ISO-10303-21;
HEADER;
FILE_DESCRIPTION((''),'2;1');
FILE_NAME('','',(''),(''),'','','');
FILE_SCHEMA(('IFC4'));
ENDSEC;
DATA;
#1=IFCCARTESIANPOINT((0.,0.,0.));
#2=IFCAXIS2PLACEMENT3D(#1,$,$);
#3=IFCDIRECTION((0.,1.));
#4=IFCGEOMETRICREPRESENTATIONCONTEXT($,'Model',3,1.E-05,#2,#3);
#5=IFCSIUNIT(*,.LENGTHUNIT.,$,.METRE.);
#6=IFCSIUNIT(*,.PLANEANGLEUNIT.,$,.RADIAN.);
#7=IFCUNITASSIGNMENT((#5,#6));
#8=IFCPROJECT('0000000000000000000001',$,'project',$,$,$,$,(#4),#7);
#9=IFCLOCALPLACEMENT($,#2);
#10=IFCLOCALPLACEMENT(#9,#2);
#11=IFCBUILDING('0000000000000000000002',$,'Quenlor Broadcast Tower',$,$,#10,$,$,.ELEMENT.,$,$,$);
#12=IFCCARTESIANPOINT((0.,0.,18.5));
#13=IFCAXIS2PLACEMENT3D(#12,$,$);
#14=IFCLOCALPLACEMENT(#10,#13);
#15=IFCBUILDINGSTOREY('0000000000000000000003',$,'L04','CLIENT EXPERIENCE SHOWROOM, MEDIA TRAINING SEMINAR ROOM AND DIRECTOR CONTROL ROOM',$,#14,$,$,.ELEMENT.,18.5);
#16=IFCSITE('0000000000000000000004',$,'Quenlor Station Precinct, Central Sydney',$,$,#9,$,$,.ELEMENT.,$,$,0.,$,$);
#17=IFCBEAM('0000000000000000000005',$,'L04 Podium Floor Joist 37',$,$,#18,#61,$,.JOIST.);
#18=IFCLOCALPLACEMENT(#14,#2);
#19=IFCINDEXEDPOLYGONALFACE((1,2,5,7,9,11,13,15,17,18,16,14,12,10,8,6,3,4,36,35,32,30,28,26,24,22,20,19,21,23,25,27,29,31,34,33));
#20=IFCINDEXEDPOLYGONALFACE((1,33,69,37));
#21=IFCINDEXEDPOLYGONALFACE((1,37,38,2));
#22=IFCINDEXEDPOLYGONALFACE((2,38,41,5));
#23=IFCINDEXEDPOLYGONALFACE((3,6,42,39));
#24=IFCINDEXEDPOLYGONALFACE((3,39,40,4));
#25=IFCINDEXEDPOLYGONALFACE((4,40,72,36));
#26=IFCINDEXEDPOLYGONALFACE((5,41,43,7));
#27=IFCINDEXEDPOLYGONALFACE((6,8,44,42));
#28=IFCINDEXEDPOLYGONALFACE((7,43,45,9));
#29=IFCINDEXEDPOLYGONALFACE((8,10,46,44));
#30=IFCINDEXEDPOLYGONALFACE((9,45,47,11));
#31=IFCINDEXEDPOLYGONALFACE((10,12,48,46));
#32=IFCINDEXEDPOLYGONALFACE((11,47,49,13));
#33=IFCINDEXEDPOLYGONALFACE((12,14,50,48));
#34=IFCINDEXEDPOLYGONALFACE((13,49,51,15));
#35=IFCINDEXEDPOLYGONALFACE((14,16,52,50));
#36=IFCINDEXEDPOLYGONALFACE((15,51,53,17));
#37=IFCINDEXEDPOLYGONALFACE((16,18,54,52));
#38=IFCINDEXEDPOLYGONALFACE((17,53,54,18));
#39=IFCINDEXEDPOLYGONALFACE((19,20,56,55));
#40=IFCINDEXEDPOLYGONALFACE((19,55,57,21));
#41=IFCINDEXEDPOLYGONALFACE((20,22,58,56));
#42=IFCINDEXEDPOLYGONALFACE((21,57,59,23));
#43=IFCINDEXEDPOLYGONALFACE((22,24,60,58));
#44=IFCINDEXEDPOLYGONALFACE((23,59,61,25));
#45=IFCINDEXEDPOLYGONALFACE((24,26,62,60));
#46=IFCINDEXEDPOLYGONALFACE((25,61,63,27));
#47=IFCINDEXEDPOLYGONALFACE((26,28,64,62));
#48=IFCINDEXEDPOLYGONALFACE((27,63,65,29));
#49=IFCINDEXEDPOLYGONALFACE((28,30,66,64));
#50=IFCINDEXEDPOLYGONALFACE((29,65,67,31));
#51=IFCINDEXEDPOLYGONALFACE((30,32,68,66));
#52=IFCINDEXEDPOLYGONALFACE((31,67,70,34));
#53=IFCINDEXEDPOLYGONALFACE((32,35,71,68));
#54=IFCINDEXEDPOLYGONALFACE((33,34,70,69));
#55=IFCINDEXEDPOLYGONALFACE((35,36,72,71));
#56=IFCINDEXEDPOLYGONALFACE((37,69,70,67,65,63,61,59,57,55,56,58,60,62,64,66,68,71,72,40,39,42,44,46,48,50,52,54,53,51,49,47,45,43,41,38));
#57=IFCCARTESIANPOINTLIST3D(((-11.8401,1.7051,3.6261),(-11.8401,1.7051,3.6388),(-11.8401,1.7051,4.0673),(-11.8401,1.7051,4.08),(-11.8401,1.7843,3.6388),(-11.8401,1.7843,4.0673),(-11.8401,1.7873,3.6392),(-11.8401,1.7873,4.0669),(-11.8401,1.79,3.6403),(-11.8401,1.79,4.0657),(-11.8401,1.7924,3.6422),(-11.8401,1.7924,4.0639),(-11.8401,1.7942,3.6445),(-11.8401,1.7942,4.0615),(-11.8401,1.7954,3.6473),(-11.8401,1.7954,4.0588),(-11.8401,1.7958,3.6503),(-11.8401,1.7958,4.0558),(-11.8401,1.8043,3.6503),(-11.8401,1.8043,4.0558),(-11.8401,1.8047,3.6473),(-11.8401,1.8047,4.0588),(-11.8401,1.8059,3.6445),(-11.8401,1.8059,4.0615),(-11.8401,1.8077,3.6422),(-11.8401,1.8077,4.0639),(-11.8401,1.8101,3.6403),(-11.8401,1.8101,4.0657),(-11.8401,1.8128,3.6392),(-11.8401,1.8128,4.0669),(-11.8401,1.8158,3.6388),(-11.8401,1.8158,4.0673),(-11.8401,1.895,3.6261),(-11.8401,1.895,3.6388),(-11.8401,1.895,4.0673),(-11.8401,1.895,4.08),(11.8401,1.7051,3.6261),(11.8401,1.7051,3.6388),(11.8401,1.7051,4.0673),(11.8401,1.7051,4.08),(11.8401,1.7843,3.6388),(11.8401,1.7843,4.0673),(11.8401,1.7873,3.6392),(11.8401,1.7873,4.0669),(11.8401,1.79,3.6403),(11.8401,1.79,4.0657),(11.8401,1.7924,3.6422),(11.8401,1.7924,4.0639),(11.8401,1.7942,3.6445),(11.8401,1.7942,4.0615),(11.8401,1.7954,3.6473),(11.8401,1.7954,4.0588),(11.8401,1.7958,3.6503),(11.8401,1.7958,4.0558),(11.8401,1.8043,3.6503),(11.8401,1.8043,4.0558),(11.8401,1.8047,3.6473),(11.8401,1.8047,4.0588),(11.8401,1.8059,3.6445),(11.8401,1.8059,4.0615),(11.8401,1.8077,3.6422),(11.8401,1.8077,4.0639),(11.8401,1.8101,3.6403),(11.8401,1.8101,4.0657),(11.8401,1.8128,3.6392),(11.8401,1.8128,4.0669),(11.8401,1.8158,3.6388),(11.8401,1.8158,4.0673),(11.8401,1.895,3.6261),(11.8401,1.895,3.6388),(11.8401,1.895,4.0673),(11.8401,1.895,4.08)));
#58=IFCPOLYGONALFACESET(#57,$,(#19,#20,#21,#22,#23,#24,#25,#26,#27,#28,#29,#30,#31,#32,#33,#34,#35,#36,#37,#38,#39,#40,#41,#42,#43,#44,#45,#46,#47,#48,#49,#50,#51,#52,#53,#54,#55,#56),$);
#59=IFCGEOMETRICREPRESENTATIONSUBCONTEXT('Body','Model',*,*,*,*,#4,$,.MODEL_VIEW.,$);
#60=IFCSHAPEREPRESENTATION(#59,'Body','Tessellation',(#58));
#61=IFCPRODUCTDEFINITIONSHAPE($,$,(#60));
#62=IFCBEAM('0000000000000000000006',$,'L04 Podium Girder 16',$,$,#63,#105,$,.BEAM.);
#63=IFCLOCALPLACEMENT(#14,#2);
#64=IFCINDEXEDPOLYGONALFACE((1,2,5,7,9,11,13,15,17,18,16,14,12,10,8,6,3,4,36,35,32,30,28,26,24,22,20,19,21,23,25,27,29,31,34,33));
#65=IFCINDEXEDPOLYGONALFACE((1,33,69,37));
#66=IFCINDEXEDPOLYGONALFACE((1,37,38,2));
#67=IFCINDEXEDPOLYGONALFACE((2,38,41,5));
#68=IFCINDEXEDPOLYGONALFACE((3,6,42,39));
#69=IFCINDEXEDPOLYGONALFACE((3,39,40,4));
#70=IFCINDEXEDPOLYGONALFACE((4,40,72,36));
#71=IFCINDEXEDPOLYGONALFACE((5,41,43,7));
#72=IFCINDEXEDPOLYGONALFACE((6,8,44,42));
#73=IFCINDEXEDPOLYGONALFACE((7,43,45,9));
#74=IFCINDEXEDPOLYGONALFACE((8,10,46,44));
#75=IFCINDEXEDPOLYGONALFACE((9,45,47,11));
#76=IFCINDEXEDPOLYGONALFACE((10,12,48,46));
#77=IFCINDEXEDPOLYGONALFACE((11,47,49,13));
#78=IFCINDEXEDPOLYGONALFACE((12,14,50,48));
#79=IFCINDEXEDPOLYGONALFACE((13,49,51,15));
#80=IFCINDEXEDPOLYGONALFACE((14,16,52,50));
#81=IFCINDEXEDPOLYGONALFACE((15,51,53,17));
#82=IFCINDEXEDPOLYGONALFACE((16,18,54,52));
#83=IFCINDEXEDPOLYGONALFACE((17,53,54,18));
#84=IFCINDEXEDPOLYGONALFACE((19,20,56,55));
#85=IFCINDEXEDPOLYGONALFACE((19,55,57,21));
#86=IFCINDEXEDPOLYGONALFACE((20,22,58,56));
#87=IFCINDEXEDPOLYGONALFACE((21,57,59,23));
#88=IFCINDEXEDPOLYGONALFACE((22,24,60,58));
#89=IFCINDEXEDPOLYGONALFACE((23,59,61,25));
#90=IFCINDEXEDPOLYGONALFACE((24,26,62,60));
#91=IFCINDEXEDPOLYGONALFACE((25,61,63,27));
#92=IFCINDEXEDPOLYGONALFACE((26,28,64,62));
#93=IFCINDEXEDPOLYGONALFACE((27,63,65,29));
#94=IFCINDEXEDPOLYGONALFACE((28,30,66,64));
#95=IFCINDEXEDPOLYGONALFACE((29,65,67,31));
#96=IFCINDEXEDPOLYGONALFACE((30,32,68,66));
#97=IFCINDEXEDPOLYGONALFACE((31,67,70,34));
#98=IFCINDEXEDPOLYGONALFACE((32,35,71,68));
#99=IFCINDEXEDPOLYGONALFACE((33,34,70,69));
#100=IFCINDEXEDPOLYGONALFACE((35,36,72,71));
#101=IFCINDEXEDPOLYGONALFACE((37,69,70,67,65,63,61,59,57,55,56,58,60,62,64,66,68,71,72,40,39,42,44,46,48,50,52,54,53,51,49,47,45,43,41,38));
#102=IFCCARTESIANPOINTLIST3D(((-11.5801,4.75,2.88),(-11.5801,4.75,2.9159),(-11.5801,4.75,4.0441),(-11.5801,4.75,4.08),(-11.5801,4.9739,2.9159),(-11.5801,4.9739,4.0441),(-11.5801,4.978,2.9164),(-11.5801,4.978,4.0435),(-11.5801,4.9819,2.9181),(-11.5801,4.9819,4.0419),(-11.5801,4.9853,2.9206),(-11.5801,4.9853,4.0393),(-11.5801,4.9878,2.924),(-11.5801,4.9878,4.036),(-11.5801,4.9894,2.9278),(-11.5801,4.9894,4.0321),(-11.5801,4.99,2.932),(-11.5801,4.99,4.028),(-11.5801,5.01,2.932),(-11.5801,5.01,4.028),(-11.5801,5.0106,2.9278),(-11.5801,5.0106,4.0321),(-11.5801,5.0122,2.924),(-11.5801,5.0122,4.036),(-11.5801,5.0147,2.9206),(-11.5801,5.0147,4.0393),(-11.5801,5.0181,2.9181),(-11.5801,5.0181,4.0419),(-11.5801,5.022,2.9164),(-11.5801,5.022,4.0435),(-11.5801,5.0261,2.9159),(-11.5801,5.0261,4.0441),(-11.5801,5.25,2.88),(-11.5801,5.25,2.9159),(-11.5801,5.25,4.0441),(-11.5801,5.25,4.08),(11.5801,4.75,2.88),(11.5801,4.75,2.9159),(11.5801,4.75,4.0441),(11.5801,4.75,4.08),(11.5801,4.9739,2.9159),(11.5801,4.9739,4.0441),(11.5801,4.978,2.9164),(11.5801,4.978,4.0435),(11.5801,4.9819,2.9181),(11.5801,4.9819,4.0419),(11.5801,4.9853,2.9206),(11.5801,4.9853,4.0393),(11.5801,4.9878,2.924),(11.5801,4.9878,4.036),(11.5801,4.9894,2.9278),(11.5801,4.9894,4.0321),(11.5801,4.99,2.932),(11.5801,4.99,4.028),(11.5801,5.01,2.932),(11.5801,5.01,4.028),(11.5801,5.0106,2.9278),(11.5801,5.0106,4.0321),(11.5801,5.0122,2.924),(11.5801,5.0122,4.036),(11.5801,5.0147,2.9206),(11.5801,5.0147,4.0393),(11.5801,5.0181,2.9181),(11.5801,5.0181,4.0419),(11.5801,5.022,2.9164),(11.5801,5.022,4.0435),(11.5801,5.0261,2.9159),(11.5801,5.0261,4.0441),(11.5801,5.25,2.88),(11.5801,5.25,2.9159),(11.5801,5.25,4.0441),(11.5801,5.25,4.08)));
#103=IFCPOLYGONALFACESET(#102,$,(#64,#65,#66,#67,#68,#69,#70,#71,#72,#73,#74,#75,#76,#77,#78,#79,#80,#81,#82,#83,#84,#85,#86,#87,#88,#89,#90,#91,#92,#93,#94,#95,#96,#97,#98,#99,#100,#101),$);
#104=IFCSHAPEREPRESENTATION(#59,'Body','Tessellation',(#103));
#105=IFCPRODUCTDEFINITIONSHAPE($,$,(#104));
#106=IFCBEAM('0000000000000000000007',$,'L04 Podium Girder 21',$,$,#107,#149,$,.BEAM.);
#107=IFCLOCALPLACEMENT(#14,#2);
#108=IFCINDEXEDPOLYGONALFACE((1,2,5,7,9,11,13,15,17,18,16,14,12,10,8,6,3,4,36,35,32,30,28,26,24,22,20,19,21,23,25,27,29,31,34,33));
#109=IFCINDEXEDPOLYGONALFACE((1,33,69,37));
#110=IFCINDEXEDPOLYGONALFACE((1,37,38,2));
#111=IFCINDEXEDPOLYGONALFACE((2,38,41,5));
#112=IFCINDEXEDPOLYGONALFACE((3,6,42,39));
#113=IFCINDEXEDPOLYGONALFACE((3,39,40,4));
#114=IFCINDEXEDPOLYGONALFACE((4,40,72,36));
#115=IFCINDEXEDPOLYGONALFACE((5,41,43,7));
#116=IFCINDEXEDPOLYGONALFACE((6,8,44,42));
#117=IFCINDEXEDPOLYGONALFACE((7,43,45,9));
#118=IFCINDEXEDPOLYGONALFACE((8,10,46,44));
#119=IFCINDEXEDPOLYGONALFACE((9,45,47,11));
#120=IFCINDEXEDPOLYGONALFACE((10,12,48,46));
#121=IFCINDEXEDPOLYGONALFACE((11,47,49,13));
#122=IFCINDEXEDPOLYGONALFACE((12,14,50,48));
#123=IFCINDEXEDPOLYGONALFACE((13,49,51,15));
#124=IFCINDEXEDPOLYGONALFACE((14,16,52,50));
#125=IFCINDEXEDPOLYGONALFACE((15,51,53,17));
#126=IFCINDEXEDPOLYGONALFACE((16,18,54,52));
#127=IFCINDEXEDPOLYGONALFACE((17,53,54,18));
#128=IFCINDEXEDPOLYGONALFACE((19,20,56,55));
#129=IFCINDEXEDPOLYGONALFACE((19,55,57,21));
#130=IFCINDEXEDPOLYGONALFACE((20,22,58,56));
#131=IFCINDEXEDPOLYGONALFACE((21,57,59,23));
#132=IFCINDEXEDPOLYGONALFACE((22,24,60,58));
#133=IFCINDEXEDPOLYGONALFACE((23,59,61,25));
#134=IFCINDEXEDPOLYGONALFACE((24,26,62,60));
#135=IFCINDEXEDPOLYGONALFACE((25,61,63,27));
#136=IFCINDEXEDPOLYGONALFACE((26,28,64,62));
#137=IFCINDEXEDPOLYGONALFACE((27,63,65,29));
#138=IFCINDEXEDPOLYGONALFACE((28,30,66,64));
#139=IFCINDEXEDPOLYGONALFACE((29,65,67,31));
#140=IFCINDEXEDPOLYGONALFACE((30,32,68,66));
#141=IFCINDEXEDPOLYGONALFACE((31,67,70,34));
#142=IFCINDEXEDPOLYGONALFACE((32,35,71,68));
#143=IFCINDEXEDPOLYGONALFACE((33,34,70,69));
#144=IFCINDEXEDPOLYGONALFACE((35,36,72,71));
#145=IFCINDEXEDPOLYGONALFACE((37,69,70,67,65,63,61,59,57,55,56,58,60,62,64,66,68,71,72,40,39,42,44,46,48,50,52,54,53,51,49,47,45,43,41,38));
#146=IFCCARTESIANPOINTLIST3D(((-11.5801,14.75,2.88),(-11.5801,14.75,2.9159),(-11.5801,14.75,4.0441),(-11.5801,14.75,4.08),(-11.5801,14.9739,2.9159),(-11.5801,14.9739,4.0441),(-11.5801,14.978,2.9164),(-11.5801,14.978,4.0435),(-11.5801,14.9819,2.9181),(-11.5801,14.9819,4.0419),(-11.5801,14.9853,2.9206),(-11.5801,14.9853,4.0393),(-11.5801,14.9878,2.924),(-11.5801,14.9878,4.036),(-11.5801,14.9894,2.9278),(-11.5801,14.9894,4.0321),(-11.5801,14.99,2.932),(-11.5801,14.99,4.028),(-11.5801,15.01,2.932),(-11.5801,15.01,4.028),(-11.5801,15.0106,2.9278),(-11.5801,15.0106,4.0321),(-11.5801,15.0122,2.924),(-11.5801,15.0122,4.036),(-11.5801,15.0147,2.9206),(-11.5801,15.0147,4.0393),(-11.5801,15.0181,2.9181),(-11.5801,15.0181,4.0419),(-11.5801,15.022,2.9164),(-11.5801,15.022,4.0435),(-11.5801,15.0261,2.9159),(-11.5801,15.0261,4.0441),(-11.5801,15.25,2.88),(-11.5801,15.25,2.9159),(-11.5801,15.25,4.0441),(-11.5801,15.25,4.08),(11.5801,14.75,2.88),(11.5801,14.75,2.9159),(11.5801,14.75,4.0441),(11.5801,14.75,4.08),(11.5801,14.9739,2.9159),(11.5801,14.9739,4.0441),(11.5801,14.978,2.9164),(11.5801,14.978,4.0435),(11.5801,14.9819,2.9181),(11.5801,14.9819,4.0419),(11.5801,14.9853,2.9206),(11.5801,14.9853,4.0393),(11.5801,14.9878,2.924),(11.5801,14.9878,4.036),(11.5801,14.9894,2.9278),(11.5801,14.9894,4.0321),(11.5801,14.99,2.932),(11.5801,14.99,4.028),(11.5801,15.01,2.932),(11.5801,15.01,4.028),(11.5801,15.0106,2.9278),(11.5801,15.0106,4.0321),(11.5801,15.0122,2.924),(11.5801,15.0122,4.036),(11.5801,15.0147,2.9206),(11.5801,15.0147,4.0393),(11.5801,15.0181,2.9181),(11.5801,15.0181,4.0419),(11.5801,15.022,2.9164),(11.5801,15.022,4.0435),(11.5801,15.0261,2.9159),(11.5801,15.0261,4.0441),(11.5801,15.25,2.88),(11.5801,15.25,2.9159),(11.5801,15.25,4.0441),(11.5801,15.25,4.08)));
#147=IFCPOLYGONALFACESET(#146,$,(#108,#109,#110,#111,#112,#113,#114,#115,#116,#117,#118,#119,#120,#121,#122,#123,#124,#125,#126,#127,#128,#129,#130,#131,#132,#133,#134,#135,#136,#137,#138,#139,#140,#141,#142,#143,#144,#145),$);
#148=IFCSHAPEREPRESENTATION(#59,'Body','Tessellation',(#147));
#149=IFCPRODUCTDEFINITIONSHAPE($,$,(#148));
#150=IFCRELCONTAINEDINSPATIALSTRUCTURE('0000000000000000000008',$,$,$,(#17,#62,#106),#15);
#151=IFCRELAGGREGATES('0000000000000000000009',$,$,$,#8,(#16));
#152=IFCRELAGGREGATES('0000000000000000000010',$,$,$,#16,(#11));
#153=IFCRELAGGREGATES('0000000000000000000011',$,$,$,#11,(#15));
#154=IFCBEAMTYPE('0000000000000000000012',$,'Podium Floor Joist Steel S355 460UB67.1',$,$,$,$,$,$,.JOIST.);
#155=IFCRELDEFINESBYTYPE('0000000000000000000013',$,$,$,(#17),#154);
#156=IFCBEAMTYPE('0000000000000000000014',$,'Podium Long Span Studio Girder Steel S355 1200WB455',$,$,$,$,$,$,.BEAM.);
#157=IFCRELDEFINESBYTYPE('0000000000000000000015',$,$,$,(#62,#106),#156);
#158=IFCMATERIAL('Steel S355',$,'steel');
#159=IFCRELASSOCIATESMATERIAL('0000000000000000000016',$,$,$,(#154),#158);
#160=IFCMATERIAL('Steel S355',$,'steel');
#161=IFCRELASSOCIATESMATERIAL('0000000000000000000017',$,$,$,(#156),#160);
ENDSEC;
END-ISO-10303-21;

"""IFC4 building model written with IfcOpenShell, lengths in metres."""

from ifc_helpers import new_model, si_unit, direction, frame, origin, origin_2d, place, context, subcontext, project, spatial, i_section, extrude, material, material_profile, profile_set, type_object, element, save


model = new_model("IFC4")

# Units and contexts
model_context = context("Model", 3, precision=1e-05, world=origin(), true_north=direction((0.0, 1.0)))
body_context = subcontext(model_context, "Body", "Model", "MODEL_VIEW")
ifc_project = project(units=[si_unit("LENGTHUNIT", "METRE"), si_unit("PLANEANGLEUNIT", "RADIAN")], contexts=[model_context])

# Site, building, storey
site_placement = place(None, origin())
site = spatial("IfcSite", under=ifc_project, at=site_placement, Name="Quenlor Station Precinct, Central Sydney", CompositionType="ELEMENT", RefElevation=0.0)
building_placement = place(site_placement, origin())
building = spatial("IfcBuilding", under=site, at=building_placement, Name="Quenlor Broadcast Tower", CompositionType="ELEMENT")
storey_placement = place(building_placement, frame((0.0, 0.0, 18.5)))
storey = spatial("IfcBuildingStorey", under=building, at=storey_placement, Name="L04", Description="CLIENT EXPERIENCE SHOWROOM, MEDIA TRAINING SEMINAR ROOM AND DIRECTOR CONTROL ROOM", CompositionType="ELEMENT", Elevation=18.5)

# Beams
ifc_material_1 = material(Name="Steel S355", Category="steel")
ifc_material_profile_1 = material_profile(ifc_material_1, i_section(OverallWidth=0.1899, OverallDepth=0.4539, WebThickness=0.0085, FlangeThickness=0.0127, FilletRadius=0.0115, at=origin_2d()))
ifc_profile_set_1 = profile_set([ifc_material_profile_1], Name="Steel S355 460UB67.1")
beam_type_1 = type_object("IfcBeamType", Name="Podium Floor Joist Steel S355 460UB67.1", PredefinedType="JOIST", material=ifc_profile_set_1)
for number, where, z_axis, x_axis, name in (
    (1, (-11.8401, 1.8, 3.853), (1.0, 0.0, 0.0), (0.0, 1.0, 0.0), "L04 Podium Floor Joist 37"),
):
    element("IfcBeam", number, at=place(storey_placement, frame(where, z_axis=z_axis, x_axis=x_axis)), inside=storey, type_object=beam_type_1, Name=name, PredefinedType="JOIST", context=body_context, shape_type="SweptSolid", body=[
        extrude(i_section(OverallWidth=0.1899, OverallDepth=0.4539, WebThickness=0.0085, FlangeThickness=0.0127, FilletRadius=0.0115, at=origin_2d()), origin(), (0.0, 0.0, 1.0), 23.6802),
    ])
ifc_material_2 = material(Name="Steel S355", Category="steel")
ifc_material_profile_2 = material_profile(ifc_material_2, i_section(OverallWidth=0.5, OverallDepth=1.2, WebThickness=0.02, FlangeThickness=0.0359, FilletRadius=0.0161, at=origin_2d()))
ifc_profile_set_2 = profile_set([ifc_material_profile_2], Name="Steel S355 1200WB455")
beam_type_2 = type_object("IfcBeamType", Name="Podium Long Span Studio Girder Steel S355 1200WB455", PredefinedType="BEAM", material=ifc_profile_set_2)
for number, where, z_axis, x_axis, name in (
    (2, (-11.5801, 5.0, 3.48), (1.0, 0.0, 0.0), (0.0, 1.0, 0.0), "L04 Podium Girder 16"),
    (3, (-11.5801, 15.0, 3.48), (1.0, 0.0, 0.0), (0.0, 1.0, 0.0), "L04 Podium Girder 21"),
):
    element("IfcBeam", number, at=place(storey_placement, frame(where, z_axis=z_axis, x_axis=x_axis)), inside=storey, type_object=beam_type_2, Name=name, PredefinedType="BEAM", context=body_context, shape_type="SweptSolid", body=[
        extrude(i_section(OverallWidth=0.5, OverallDepth=1.2, WebThickness=0.02, FlangeThickness=0.0359, FilletRadius=0.0161, at=origin_2d()), origin(), (0.0, 0.0, 1.0), 23.1602),
    ])

save(model, "model.ifc")
